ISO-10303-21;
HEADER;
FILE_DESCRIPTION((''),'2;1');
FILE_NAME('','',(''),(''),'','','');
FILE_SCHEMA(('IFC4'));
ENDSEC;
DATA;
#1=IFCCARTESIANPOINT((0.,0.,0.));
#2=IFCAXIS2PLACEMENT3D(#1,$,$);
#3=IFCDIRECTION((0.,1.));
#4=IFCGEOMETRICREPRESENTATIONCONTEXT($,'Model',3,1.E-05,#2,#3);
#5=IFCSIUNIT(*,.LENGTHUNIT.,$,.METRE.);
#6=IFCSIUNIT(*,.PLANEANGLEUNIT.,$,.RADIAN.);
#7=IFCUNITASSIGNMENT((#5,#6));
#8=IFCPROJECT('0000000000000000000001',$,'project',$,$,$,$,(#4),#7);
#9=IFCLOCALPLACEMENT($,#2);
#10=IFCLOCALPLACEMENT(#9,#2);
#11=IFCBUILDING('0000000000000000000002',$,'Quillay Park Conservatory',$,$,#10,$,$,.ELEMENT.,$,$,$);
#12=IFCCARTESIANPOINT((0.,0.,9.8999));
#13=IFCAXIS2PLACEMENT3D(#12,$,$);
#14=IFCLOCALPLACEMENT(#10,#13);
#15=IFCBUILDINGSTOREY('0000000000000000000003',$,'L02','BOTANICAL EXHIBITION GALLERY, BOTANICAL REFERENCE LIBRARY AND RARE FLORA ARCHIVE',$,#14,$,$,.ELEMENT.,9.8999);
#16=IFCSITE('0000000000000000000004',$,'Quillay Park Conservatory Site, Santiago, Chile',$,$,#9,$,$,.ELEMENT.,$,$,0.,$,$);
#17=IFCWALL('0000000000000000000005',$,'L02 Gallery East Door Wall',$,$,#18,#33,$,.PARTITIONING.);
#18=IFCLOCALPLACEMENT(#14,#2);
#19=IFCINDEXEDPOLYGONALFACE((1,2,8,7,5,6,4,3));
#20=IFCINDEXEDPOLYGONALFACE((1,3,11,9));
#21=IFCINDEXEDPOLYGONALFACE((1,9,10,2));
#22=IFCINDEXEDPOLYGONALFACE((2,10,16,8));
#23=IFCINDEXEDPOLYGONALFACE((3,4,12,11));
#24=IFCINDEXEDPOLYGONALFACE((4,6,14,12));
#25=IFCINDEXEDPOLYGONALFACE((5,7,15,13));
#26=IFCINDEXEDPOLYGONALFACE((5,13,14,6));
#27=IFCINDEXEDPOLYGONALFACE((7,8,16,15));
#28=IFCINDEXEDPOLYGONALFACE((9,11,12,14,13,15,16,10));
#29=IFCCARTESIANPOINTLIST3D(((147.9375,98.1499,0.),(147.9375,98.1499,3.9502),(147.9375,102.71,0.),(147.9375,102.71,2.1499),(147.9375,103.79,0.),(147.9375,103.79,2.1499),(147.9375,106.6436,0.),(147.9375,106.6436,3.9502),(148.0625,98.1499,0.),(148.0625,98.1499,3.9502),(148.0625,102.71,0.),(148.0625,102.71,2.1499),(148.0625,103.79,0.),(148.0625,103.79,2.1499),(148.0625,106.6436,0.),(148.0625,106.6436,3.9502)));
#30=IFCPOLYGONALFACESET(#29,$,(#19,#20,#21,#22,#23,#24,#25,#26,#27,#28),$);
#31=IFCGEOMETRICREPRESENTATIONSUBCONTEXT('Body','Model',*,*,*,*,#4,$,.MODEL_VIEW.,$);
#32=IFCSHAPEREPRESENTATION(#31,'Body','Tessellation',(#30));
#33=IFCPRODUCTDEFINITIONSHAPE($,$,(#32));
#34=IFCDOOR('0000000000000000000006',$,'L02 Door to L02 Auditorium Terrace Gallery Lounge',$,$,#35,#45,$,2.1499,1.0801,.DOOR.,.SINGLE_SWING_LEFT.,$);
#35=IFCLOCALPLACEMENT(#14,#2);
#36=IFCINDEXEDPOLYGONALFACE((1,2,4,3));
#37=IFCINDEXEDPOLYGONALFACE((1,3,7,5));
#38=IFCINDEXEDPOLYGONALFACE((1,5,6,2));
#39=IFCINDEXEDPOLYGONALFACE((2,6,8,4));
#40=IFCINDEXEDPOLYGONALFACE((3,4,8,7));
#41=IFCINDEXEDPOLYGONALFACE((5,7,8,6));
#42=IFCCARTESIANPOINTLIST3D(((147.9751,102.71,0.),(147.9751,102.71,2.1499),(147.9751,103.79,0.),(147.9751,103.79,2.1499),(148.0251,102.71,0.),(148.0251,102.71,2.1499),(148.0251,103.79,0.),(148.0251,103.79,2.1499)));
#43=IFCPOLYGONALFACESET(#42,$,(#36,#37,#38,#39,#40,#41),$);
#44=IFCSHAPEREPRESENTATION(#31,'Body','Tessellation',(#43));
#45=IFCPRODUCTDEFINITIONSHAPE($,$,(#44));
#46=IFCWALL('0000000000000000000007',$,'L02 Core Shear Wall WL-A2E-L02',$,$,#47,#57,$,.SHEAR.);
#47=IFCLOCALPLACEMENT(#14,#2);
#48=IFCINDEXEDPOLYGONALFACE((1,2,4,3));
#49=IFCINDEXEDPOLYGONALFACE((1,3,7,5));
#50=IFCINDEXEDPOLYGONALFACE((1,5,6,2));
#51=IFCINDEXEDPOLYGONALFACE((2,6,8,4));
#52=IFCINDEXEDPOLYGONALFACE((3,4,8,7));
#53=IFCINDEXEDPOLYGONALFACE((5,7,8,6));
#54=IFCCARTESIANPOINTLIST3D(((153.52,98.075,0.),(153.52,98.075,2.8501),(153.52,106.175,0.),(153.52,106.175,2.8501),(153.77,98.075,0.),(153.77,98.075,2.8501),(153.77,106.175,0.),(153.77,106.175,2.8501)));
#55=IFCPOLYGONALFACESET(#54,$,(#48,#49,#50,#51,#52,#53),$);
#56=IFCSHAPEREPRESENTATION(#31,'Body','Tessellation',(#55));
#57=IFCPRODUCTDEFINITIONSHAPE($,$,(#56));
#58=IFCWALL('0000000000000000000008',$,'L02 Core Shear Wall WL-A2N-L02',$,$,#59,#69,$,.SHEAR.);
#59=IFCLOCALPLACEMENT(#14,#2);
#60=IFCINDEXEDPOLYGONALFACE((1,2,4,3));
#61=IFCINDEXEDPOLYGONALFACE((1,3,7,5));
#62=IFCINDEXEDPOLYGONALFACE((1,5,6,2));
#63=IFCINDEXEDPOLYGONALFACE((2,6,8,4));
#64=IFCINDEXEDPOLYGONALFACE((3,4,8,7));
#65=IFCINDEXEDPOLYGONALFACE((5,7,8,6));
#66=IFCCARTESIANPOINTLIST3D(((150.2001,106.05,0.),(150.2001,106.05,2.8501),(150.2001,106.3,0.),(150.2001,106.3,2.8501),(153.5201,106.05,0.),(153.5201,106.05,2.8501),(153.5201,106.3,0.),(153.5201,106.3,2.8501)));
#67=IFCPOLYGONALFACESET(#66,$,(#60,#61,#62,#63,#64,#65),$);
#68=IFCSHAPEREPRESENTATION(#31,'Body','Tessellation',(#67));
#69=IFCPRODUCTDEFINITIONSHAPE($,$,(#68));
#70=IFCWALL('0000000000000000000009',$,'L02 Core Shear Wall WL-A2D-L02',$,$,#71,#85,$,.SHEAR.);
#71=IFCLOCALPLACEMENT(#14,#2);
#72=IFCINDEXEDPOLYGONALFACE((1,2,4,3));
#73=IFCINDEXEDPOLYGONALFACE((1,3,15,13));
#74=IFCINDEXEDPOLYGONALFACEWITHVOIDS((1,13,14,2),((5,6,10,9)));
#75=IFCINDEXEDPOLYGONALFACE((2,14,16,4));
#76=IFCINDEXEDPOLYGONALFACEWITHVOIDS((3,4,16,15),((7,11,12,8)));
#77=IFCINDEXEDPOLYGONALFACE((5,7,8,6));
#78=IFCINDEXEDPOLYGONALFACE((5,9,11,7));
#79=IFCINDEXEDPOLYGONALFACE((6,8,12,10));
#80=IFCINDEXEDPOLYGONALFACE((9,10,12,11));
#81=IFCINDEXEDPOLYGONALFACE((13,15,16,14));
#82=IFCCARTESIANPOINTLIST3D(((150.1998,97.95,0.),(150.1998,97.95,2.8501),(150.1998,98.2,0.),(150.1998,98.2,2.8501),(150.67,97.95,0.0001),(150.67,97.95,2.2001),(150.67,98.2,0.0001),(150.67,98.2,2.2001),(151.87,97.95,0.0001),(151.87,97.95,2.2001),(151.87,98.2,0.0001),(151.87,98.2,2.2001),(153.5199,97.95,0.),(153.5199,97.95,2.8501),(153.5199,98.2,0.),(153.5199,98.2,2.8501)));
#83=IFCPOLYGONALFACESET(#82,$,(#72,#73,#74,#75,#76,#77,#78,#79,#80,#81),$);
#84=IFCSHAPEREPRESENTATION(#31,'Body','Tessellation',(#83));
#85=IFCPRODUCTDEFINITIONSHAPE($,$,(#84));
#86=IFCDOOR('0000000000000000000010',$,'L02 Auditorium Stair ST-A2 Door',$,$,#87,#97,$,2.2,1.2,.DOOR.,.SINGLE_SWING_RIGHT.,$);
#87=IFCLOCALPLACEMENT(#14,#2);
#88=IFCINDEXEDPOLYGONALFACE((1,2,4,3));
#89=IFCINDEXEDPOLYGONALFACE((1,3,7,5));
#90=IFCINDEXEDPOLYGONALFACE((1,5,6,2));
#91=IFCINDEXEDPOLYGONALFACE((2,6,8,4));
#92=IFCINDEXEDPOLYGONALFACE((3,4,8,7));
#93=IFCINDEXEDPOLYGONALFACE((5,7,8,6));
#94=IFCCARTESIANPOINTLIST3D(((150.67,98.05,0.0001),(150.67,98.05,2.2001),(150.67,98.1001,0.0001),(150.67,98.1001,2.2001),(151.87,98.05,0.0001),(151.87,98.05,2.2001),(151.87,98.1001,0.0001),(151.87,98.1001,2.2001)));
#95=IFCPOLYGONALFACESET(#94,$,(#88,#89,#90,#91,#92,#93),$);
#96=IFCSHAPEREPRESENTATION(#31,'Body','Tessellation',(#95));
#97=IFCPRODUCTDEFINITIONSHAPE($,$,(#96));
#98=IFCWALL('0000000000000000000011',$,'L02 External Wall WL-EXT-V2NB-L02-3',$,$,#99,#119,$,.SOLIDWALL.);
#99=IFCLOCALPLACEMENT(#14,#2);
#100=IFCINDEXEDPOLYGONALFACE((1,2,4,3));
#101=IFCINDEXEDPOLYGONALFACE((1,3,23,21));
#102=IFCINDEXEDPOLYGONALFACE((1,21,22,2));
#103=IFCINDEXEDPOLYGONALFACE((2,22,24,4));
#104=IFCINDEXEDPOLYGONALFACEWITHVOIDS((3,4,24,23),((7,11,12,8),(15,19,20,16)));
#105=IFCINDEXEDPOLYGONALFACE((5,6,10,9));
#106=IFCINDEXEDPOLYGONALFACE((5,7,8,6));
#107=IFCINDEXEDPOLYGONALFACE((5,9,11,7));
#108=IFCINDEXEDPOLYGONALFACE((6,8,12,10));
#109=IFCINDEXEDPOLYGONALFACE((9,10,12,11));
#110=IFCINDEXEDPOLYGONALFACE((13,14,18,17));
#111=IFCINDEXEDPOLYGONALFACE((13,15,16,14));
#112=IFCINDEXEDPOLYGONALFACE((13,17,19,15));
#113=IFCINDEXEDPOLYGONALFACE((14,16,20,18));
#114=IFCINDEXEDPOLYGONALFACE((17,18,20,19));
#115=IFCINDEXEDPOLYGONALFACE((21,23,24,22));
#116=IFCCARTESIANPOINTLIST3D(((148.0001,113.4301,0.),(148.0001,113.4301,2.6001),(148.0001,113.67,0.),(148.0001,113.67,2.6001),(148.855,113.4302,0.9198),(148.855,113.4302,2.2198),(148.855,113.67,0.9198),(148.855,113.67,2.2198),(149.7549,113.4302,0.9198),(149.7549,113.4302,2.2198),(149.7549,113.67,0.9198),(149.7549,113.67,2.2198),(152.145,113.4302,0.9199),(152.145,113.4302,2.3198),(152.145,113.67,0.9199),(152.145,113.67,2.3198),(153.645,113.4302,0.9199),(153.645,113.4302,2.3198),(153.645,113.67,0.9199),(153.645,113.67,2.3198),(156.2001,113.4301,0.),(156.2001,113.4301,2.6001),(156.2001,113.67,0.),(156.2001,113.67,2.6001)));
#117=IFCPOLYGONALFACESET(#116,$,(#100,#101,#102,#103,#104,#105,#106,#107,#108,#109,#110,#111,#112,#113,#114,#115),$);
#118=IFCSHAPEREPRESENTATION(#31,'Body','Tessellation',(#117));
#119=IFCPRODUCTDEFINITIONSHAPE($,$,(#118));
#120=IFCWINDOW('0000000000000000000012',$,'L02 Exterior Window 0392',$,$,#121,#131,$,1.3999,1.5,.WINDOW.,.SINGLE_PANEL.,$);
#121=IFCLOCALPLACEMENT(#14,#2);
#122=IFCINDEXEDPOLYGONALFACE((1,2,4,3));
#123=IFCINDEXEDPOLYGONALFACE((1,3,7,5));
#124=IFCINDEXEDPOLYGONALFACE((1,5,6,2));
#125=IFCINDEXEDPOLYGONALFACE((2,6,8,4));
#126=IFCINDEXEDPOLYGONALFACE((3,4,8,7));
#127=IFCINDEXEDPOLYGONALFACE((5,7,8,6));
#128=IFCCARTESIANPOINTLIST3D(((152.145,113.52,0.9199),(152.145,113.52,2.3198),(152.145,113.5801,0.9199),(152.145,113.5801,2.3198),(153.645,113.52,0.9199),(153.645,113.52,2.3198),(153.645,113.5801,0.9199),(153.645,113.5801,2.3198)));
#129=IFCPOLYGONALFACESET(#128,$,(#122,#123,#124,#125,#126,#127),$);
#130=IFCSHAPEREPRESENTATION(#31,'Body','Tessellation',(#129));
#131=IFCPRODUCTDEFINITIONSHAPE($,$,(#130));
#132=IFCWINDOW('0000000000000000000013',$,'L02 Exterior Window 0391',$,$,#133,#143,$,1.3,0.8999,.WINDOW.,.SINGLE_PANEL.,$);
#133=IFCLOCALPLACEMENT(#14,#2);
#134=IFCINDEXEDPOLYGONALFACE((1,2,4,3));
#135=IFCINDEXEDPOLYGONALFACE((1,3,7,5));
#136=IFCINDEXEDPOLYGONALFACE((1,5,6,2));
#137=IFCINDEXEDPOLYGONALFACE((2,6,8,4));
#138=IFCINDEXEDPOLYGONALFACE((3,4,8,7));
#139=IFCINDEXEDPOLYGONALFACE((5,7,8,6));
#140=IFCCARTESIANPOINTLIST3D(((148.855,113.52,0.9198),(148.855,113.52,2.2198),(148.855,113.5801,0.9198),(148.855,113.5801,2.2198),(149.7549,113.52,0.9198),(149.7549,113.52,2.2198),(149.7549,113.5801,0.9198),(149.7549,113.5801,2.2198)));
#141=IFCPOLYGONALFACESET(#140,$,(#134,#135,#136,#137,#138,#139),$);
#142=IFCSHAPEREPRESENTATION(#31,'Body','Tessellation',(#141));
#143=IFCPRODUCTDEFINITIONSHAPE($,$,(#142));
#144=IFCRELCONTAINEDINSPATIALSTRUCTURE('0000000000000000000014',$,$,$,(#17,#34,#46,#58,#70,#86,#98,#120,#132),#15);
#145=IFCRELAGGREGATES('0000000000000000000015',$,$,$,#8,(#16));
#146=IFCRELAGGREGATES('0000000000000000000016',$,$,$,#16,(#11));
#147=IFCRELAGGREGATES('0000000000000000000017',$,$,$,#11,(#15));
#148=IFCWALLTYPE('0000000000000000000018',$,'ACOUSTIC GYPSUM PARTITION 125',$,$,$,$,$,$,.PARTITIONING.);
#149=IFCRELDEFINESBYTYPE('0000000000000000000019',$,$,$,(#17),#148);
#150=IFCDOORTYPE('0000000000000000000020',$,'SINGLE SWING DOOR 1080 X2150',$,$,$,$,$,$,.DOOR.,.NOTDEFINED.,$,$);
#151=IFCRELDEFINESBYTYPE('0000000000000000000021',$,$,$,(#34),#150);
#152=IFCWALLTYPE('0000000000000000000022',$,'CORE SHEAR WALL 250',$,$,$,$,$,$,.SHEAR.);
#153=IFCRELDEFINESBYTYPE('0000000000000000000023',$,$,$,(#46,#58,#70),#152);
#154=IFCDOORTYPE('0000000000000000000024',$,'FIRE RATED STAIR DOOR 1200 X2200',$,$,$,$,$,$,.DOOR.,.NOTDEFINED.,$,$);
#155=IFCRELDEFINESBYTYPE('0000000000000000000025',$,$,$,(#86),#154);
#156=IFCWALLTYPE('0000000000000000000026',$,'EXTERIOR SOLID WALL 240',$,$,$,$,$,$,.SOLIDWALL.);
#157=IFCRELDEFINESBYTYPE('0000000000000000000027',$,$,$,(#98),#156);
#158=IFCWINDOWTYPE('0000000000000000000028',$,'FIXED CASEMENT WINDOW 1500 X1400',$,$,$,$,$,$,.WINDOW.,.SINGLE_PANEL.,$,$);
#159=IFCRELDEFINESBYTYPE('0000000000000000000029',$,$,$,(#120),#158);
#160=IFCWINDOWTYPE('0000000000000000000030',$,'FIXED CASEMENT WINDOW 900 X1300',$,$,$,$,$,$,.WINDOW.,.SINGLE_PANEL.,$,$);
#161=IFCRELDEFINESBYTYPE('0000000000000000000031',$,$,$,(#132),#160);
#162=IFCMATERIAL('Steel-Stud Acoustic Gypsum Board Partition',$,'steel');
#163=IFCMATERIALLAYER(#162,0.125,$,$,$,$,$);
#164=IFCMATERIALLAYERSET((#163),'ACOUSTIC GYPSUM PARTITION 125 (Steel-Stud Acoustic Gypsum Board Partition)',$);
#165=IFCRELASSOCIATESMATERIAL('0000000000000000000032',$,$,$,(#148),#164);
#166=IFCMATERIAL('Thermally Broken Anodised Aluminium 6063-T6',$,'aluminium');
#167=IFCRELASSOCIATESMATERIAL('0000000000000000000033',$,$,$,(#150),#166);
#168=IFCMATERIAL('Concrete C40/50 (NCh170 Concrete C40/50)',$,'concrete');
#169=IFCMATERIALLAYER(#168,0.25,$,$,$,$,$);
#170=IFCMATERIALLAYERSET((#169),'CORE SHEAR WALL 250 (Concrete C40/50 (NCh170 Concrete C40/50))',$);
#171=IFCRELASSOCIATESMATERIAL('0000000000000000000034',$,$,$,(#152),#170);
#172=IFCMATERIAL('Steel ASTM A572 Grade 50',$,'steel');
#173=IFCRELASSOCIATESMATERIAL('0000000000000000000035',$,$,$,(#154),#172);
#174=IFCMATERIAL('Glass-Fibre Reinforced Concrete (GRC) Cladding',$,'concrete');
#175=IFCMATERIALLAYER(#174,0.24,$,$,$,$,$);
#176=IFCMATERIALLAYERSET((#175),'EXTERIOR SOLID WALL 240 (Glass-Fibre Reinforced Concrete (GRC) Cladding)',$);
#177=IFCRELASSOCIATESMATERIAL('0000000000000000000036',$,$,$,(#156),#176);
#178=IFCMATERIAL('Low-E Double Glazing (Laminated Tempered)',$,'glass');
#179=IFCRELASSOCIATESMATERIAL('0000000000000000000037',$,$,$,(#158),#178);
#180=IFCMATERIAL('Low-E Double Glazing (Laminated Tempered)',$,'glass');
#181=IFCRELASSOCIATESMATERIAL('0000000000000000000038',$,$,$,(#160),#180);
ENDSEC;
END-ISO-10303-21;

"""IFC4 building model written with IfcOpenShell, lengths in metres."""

from ifc_helpers import new_model, si_unit, direction, frame, frame_2d, origin, place, context, subcontext, project, spatial, rectangle, extrude, material, layer, layer_set, type_object, element, fill, save


model = new_model("IFC4")

# Units and contexts
model_context = context("Model", 3, precision=1e-05, world=origin(), true_north=direction((0.0, 1.0)))
body_context = subcontext(model_context, "Body", "Model", "MODEL_VIEW")
ifc_project = project(units=[si_unit("LENGTHUNIT", "METRE"), si_unit("PLANEANGLEUNIT", "RADIAN")], contexts=[model_context])

# Site, building, storey
site_placement = place(None, origin())
site = spatial("IfcSite", under=ifc_project, at=site_placement, Name="Quillay Park Conservatory Site, Santiago, Chile", CompositionType="ELEMENT", RefElevation=0.0)
building_placement = place(site_placement, origin())
building = spatial("IfcBuilding", under=site, at=building_placement, Name="Quillay Park Conservatory", CompositionType="ELEMENT")
storey_placement = place(building_placement, frame((0.0, 0.0, 9.8999)))
storey = spatial("IfcBuildingStorey", under=building, at=storey_placement, Name="L02", Description="BOTANICAL EXHIBITION GALLERY, BOTANICAL REFERENCE LIBRARY AND RARE FLORA ARCHIVE", CompositionType="ELEMENT", Elevation=9.8999)

# Wall, opening, door
ifc_material_1 = material(Name="Steel-Stud Acoustic Gypsum Board Partition", Category="steel")
ifc_layer_1 = layer(ifc_material_1, 0.125)
ifc_layer_set_1 = layer_set([ifc_layer_1], Name="ACOUSTIC GYPSUM PARTITION 125 (Steel-Stud Acoustic Gypsum Board Partition)")
wall_type_1 = type_object("IfcWallType", Name="ACOUSTIC GYPSUM PARTITION 125", PredefinedType="PARTITIONING", material=ifc_layer_set_1)
wall_1_placement = place(storey_placement, frame((148.0, 98.1499, 0.0), z_axis=(0.0, 0.0, 1.0), x_axis=(0.0, 1.0, 0.0)))
wall_1 = element("IfcWall", 1, at=wall_1_placement, inside=storey, type_object=wall_type_1, Name="L02 Gallery East Door Wall", PredefinedType="PARTITIONING", context=body_context, shape_type="SweptSolid", body=[
    extrude(rectangle(XDim=8.4937, YDim=0.125, at=frame_2d((4.2468, 0.0))), origin(), (0.0, 0.0, 1.0), 3.9502),
])
opening_1_placement = place(wall_1_placement, frame((4.5601, 0.0, 0.0)))
opening_1 = element("IfcOpeningElement", 2, at=opening_1_placement, cuts=wall_1, PredefinedType="OPENING", context=body_context, shape_type="SweptSolid", body=[
    extrude(rectangle(XDim=1.0801, YDim=2.1499, at=frame_2d((0.54, 1.075))), frame((0.0, 0.0625, 0.0), z_axis=(0.0, -1.0, 0.0), x_axis=(1.0, 0.0, 0.0)), (0.0, 0.0, 1.0), 0.125),
])
ifc_material_2 = material(Name="Thermally Broken Anodised Aluminium 6063-T6", Category="aluminium")
door_type_1 = type_object("IfcDoorType", Name="SINGLE SWING DOOR 1080 X2150", OperationType="NOTDEFINED", PredefinedType="DOOR", material=ifc_material_2)
door_1_placement = place(opening_1_placement, origin())
door_1 = element("IfcDoor", 3, at=door_1_placement, inside=storey, type_object=door_type_1, Name="L02 Door to L02 Auditorium Terrace Gallery Lounge", OperationType="SINGLE_SWING_LEFT", OverallHeight=2.1499, OverallWidth=1.0801, PredefinedType="DOOR", context=body_context, shape_type="SweptSolid", body=[
    extrude(rectangle(XDim=1.0801, YDim=2.1499, at=frame_2d((0.54, 1.075))), frame((0.0, 0.0249, 0.0), z_axis=(0.0, -1.0, 0.0), x_axis=(1.0, 0.0, 0.0)), (0.0, 0.0, 1.0), 0.05),
])
fill(opening_1, door_1)

# Walls
ifc_material_3 = material(Name="Concrete C40/50 (NCh170 Concrete C40/50)", Category="concrete")
ifc_layer_2 = layer(ifc_material_3, 0.25)
ifc_layer_set_2 = layer_set([ifc_layer_2], Name="CORE SHEAR WALL 250 (Concrete C40/50 (NCh170 Concrete C40/50))")
wall_type_2 = type_object("IfcWallType", Name="CORE SHEAR WALL 250", PredefinedType="SHEAR", material=ifc_layer_set_2)
wall_2_placement = place(storey_placement, frame((153.645, 98.075, 0.0), z_axis=(0.0, 0.0, 1.0), x_axis=(0.0, 1.0, 0.0)))
element("IfcWall", 4, at=wall_2_placement, inside=storey, type_object=wall_type_2, Name="L02 Core Shear Wall WL-A2E-L02", PredefinedType="SHEAR", context=body_context, shape_type="SweptSolid", body=[
    extrude(rectangle(XDim=8.1001, YDim=0.25, at=frame_2d((4.05, 0.0))), origin(), (0.0, 0.0, 1.0), 2.8501),
])
wall_3_placement = place(storey_placement, frame((150.2, 106.175, 0.0), z_axis=(0.0, 0.0, 1.0), x_axis=(1.0, 0.0, 0.0)))
element("IfcWall", 5, at=wall_3_placement, inside=storey, type_object=wall_type_2, Name="L02 Core Shear Wall WL-A2N-L02", PredefinedType="SHEAR", context=body_context, shape_type="SweptSolid", body=[
    extrude(rectangle(XDim=3.3201, YDim=0.25, at=frame_2d((1.6602, 0.0))), origin(), (0.0, 0.0, 1.0), 2.8501),
])

# Wall, opening, door
wall_4_placement = place(storey_placement, frame((153.52, 98.075, 0.0), z_axis=(0.0, 0.0, 1.0), x_axis=(-1.0, 0.0, 0.0)))
wall_4 = element("IfcWall", 6, at=wall_4_placement, inside=storey, type_object=wall_type_2, Name="L02 Core Shear Wall WL-A2D-L02", PredefinedType="SHEAR", context=body_context, shape_type="SweptSolid", body=[
    extrude(rectangle(XDim=3.3201, YDim=0.25, at=frame_2d((1.6602, 0.0))), origin(), (0.0, 0.0, 1.0), 2.8501),
])
opening_2_placement = place(wall_4_placement, frame((1.6499, 0.0, 0.0)))
opening_2 = element("IfcOpeningElement", 7, at=opening_2_placement, cuts=wall_4, PredefinedType="OPENING", context=body_context, shape_type="SweptSolid", body=[
    extrude(rectangle(XDim=1.2, YDim=2.2, at=frame_2d((0.6001, 1.1001))), frame((0.0, 0.125, 0.0), z_axis=(0.0, -1.0, 0.0), x_axis=(1.0, 0.0, 0.0)), (0.0, 0.0, 1.0), 0.25),
])
ifc_material_4 = material(Name="Steel ASTM A572 Grade 50", Category="steel")
door_type_2 = type_object("IfcDoorType", Name="FIRE RATED STAIR DOOR 1200 X2200", OperationType="NOTDEFINED", PredefinedType="DOOR", material=ifc_material_4)
door_2_placement = place(opening_2_placement, origin())
door_2 = element("IfcDoor", 8, at=door_2_placement, inside=storey, type_object=door_type_2, Name="L02 Auditorium Stair ST-A2 Door", OperationType="SINGLE_SWING_RIGHT", OverallHeight=2.2, OverallWidth=1.2, PredefinedType="DOOR", context=body_context, shape_type="SweptSolid", body=[
    extrude(rectangle(XDim=1.2, YDim=2.2, at=frame_2d((0.6001, 1.1001))), frame((0.0, 0.0249, 0.0), z_axis=(0.0, -1.0, 0.0), x_axis=(1.0, 0.0, 0.0)), (0.0, 0.0, 1.0), 0.05),
])
fill(opening_2, door_2)

# Wall, openings, windows
ifc_material_5 = material(Name="Glass-Fibre Reinforced Concrete (GRC) Cladding", Category="concrete")
ifc_layer_3 = layer(ifc_material_5, 0.24)
ifc_layer_set_3 = layer_set([ifc_layer_3], Name="EXTERIOR SOLID WALL 240 (Glass-Fibre Reinforced Concrete (GRC) Cladding)")
wall_type_3 = type_object("IfcWallType", Name="EXTERIOR SOLID WALL 240", PredefinedType="SOLIDWALL", material=ifc_layer_set_3)
wall_5_placement = place(storey_placement, frame((148.0, 113.55, 0.0), z_axis=(0.0, 0.0, 1.0), x_axis=(1.0, 0.0, 0.0)))
wall_5 = element("IfcWall", 9, at=wall_5_placement, inside=storey, type_object=wall_type_3, Name="L02 External Wall WL-EXT-V2NB-L02-3", PredefinedType="SOLIDWALL", context=body_context, shape_type="SweptSolid", body=[
    extrude(rectangle(XDim=8.2, YDim=0.24, at=frame_2d((4.1001, 0.0))), origin(), (0.0, 0.0, 1.0), 2.6001),
])
opening_3_placement = place(wall_5_placement, frame((0.855, 0.0, 0.9199)))
opening_3 = element("IfcOpeningElement", 10, at=opening_3_placement, cuts=wall_5, PredefinedType="OPENING", context=body_context, shape_type="SweptSolid", body=[
    extrude(rectangle(XDim=0.8999, YDim=1.3, at=frame_2d((0.45, 0.6499))), frame((0.0, 0.1201, 0.0), z_axis=(0.0, -1.0, 0.0), x_axis=(1.0, 0.0, 0.0)), (0.0, 0.0, 1.0), 0.24),
])
opening_4_placement = place(wall_5_placement, frame((4.145, 0.0, 0.9199)))
opening_4 = element("IfcOpeningElement", 11, at=opening_4_placement, cuts=wall_5, PredefinedType="OPENING", context=body_context, shape_type="SweptSolid", body=[
    extrude(rectangle(XDim=1.5, YDim=1.3999, at=frame_2d((0.75, 0.7))), frame((0.0, 0.1201, 0.0), z_axis=(0.0, -1.0, 0.0), x_axis=(1.0, 0.0, 0.0)), (0.0, 0.0, 1.0), 0.24),
])
ifc_material_6 = material(Name="Low-E Double Glazing (Laminated Tempered)", Category="glass")
window_type_1 = type_object("IfcWindowType", Name="FIXED CASEMENT WINDOW 1500 X1400", PartitioningType="SINGLE_PANEL", PredefinedType="WINDOW", material=ifc_material_6)
window_1_placement = place(opening_4_placement, origin())
window_1 = element("IfcWindow", 12, at=window_1_placement, inside=storey, type_object=window_type_1, Name="L02 Exterior Window 0392", OverallHeight=1.3999, OverallWidth=1.5, PartitioningType="SINGLE_PANEL", PredefinedType="WINDOW", context=body_context, shape_type="SweptSolid", body=[
    extrude(rectangle(XDim=1.5, YDim=1.3999, at=frame_2d((0.75, 0.7))), frame((0.0, 0.03, 0.0), z_axis=(0.0, -1.0, 0.0), x_axis=(1.0, 0.0, 0.0)), (0.0, 0.0, 1.0), 0.0601),
])
fill(opening_4, window_1)
ifc_material_7 = material(Name="Low-E Double Glazing (Laminated Tempered)", Category="glass")
window_type_2 = type_object("IfcWindowType", Name="FIXED CASEMENT WINDOW 900 X1300", PartitioningType="SINGLE_PANEL", PredefinedType="WINDOW", material=ifc_material_7)
window_2_placement = place(opening_3_placement, origin())
window_2 = element("IfcWindow", 13, at=window_2_placement, inside=storey, type_object=window_type_2, Name="L02 Exterior Window 0391", OverallHeight=1.3, OverallWidth=0.8999, PartitioningType="SINGLE_PANEL", PredefinedType="WINDOW", context=body_context, shape_type="SweptSolid", body=[
    extrude(rectangle(XDim=0.8999, YDim=1.3, at=frame_2d((0.45, 0.6499))), frame((0.0, 0.03, 0.0), z_axis=(0.0, -1.0, 0.0), x_axis=(1.0, 0.0, 0.0)), (0.0, 0.0, 1.0), 0.0601),
])
fill(opening_3, window_2)

save(model, "model.ifc")
